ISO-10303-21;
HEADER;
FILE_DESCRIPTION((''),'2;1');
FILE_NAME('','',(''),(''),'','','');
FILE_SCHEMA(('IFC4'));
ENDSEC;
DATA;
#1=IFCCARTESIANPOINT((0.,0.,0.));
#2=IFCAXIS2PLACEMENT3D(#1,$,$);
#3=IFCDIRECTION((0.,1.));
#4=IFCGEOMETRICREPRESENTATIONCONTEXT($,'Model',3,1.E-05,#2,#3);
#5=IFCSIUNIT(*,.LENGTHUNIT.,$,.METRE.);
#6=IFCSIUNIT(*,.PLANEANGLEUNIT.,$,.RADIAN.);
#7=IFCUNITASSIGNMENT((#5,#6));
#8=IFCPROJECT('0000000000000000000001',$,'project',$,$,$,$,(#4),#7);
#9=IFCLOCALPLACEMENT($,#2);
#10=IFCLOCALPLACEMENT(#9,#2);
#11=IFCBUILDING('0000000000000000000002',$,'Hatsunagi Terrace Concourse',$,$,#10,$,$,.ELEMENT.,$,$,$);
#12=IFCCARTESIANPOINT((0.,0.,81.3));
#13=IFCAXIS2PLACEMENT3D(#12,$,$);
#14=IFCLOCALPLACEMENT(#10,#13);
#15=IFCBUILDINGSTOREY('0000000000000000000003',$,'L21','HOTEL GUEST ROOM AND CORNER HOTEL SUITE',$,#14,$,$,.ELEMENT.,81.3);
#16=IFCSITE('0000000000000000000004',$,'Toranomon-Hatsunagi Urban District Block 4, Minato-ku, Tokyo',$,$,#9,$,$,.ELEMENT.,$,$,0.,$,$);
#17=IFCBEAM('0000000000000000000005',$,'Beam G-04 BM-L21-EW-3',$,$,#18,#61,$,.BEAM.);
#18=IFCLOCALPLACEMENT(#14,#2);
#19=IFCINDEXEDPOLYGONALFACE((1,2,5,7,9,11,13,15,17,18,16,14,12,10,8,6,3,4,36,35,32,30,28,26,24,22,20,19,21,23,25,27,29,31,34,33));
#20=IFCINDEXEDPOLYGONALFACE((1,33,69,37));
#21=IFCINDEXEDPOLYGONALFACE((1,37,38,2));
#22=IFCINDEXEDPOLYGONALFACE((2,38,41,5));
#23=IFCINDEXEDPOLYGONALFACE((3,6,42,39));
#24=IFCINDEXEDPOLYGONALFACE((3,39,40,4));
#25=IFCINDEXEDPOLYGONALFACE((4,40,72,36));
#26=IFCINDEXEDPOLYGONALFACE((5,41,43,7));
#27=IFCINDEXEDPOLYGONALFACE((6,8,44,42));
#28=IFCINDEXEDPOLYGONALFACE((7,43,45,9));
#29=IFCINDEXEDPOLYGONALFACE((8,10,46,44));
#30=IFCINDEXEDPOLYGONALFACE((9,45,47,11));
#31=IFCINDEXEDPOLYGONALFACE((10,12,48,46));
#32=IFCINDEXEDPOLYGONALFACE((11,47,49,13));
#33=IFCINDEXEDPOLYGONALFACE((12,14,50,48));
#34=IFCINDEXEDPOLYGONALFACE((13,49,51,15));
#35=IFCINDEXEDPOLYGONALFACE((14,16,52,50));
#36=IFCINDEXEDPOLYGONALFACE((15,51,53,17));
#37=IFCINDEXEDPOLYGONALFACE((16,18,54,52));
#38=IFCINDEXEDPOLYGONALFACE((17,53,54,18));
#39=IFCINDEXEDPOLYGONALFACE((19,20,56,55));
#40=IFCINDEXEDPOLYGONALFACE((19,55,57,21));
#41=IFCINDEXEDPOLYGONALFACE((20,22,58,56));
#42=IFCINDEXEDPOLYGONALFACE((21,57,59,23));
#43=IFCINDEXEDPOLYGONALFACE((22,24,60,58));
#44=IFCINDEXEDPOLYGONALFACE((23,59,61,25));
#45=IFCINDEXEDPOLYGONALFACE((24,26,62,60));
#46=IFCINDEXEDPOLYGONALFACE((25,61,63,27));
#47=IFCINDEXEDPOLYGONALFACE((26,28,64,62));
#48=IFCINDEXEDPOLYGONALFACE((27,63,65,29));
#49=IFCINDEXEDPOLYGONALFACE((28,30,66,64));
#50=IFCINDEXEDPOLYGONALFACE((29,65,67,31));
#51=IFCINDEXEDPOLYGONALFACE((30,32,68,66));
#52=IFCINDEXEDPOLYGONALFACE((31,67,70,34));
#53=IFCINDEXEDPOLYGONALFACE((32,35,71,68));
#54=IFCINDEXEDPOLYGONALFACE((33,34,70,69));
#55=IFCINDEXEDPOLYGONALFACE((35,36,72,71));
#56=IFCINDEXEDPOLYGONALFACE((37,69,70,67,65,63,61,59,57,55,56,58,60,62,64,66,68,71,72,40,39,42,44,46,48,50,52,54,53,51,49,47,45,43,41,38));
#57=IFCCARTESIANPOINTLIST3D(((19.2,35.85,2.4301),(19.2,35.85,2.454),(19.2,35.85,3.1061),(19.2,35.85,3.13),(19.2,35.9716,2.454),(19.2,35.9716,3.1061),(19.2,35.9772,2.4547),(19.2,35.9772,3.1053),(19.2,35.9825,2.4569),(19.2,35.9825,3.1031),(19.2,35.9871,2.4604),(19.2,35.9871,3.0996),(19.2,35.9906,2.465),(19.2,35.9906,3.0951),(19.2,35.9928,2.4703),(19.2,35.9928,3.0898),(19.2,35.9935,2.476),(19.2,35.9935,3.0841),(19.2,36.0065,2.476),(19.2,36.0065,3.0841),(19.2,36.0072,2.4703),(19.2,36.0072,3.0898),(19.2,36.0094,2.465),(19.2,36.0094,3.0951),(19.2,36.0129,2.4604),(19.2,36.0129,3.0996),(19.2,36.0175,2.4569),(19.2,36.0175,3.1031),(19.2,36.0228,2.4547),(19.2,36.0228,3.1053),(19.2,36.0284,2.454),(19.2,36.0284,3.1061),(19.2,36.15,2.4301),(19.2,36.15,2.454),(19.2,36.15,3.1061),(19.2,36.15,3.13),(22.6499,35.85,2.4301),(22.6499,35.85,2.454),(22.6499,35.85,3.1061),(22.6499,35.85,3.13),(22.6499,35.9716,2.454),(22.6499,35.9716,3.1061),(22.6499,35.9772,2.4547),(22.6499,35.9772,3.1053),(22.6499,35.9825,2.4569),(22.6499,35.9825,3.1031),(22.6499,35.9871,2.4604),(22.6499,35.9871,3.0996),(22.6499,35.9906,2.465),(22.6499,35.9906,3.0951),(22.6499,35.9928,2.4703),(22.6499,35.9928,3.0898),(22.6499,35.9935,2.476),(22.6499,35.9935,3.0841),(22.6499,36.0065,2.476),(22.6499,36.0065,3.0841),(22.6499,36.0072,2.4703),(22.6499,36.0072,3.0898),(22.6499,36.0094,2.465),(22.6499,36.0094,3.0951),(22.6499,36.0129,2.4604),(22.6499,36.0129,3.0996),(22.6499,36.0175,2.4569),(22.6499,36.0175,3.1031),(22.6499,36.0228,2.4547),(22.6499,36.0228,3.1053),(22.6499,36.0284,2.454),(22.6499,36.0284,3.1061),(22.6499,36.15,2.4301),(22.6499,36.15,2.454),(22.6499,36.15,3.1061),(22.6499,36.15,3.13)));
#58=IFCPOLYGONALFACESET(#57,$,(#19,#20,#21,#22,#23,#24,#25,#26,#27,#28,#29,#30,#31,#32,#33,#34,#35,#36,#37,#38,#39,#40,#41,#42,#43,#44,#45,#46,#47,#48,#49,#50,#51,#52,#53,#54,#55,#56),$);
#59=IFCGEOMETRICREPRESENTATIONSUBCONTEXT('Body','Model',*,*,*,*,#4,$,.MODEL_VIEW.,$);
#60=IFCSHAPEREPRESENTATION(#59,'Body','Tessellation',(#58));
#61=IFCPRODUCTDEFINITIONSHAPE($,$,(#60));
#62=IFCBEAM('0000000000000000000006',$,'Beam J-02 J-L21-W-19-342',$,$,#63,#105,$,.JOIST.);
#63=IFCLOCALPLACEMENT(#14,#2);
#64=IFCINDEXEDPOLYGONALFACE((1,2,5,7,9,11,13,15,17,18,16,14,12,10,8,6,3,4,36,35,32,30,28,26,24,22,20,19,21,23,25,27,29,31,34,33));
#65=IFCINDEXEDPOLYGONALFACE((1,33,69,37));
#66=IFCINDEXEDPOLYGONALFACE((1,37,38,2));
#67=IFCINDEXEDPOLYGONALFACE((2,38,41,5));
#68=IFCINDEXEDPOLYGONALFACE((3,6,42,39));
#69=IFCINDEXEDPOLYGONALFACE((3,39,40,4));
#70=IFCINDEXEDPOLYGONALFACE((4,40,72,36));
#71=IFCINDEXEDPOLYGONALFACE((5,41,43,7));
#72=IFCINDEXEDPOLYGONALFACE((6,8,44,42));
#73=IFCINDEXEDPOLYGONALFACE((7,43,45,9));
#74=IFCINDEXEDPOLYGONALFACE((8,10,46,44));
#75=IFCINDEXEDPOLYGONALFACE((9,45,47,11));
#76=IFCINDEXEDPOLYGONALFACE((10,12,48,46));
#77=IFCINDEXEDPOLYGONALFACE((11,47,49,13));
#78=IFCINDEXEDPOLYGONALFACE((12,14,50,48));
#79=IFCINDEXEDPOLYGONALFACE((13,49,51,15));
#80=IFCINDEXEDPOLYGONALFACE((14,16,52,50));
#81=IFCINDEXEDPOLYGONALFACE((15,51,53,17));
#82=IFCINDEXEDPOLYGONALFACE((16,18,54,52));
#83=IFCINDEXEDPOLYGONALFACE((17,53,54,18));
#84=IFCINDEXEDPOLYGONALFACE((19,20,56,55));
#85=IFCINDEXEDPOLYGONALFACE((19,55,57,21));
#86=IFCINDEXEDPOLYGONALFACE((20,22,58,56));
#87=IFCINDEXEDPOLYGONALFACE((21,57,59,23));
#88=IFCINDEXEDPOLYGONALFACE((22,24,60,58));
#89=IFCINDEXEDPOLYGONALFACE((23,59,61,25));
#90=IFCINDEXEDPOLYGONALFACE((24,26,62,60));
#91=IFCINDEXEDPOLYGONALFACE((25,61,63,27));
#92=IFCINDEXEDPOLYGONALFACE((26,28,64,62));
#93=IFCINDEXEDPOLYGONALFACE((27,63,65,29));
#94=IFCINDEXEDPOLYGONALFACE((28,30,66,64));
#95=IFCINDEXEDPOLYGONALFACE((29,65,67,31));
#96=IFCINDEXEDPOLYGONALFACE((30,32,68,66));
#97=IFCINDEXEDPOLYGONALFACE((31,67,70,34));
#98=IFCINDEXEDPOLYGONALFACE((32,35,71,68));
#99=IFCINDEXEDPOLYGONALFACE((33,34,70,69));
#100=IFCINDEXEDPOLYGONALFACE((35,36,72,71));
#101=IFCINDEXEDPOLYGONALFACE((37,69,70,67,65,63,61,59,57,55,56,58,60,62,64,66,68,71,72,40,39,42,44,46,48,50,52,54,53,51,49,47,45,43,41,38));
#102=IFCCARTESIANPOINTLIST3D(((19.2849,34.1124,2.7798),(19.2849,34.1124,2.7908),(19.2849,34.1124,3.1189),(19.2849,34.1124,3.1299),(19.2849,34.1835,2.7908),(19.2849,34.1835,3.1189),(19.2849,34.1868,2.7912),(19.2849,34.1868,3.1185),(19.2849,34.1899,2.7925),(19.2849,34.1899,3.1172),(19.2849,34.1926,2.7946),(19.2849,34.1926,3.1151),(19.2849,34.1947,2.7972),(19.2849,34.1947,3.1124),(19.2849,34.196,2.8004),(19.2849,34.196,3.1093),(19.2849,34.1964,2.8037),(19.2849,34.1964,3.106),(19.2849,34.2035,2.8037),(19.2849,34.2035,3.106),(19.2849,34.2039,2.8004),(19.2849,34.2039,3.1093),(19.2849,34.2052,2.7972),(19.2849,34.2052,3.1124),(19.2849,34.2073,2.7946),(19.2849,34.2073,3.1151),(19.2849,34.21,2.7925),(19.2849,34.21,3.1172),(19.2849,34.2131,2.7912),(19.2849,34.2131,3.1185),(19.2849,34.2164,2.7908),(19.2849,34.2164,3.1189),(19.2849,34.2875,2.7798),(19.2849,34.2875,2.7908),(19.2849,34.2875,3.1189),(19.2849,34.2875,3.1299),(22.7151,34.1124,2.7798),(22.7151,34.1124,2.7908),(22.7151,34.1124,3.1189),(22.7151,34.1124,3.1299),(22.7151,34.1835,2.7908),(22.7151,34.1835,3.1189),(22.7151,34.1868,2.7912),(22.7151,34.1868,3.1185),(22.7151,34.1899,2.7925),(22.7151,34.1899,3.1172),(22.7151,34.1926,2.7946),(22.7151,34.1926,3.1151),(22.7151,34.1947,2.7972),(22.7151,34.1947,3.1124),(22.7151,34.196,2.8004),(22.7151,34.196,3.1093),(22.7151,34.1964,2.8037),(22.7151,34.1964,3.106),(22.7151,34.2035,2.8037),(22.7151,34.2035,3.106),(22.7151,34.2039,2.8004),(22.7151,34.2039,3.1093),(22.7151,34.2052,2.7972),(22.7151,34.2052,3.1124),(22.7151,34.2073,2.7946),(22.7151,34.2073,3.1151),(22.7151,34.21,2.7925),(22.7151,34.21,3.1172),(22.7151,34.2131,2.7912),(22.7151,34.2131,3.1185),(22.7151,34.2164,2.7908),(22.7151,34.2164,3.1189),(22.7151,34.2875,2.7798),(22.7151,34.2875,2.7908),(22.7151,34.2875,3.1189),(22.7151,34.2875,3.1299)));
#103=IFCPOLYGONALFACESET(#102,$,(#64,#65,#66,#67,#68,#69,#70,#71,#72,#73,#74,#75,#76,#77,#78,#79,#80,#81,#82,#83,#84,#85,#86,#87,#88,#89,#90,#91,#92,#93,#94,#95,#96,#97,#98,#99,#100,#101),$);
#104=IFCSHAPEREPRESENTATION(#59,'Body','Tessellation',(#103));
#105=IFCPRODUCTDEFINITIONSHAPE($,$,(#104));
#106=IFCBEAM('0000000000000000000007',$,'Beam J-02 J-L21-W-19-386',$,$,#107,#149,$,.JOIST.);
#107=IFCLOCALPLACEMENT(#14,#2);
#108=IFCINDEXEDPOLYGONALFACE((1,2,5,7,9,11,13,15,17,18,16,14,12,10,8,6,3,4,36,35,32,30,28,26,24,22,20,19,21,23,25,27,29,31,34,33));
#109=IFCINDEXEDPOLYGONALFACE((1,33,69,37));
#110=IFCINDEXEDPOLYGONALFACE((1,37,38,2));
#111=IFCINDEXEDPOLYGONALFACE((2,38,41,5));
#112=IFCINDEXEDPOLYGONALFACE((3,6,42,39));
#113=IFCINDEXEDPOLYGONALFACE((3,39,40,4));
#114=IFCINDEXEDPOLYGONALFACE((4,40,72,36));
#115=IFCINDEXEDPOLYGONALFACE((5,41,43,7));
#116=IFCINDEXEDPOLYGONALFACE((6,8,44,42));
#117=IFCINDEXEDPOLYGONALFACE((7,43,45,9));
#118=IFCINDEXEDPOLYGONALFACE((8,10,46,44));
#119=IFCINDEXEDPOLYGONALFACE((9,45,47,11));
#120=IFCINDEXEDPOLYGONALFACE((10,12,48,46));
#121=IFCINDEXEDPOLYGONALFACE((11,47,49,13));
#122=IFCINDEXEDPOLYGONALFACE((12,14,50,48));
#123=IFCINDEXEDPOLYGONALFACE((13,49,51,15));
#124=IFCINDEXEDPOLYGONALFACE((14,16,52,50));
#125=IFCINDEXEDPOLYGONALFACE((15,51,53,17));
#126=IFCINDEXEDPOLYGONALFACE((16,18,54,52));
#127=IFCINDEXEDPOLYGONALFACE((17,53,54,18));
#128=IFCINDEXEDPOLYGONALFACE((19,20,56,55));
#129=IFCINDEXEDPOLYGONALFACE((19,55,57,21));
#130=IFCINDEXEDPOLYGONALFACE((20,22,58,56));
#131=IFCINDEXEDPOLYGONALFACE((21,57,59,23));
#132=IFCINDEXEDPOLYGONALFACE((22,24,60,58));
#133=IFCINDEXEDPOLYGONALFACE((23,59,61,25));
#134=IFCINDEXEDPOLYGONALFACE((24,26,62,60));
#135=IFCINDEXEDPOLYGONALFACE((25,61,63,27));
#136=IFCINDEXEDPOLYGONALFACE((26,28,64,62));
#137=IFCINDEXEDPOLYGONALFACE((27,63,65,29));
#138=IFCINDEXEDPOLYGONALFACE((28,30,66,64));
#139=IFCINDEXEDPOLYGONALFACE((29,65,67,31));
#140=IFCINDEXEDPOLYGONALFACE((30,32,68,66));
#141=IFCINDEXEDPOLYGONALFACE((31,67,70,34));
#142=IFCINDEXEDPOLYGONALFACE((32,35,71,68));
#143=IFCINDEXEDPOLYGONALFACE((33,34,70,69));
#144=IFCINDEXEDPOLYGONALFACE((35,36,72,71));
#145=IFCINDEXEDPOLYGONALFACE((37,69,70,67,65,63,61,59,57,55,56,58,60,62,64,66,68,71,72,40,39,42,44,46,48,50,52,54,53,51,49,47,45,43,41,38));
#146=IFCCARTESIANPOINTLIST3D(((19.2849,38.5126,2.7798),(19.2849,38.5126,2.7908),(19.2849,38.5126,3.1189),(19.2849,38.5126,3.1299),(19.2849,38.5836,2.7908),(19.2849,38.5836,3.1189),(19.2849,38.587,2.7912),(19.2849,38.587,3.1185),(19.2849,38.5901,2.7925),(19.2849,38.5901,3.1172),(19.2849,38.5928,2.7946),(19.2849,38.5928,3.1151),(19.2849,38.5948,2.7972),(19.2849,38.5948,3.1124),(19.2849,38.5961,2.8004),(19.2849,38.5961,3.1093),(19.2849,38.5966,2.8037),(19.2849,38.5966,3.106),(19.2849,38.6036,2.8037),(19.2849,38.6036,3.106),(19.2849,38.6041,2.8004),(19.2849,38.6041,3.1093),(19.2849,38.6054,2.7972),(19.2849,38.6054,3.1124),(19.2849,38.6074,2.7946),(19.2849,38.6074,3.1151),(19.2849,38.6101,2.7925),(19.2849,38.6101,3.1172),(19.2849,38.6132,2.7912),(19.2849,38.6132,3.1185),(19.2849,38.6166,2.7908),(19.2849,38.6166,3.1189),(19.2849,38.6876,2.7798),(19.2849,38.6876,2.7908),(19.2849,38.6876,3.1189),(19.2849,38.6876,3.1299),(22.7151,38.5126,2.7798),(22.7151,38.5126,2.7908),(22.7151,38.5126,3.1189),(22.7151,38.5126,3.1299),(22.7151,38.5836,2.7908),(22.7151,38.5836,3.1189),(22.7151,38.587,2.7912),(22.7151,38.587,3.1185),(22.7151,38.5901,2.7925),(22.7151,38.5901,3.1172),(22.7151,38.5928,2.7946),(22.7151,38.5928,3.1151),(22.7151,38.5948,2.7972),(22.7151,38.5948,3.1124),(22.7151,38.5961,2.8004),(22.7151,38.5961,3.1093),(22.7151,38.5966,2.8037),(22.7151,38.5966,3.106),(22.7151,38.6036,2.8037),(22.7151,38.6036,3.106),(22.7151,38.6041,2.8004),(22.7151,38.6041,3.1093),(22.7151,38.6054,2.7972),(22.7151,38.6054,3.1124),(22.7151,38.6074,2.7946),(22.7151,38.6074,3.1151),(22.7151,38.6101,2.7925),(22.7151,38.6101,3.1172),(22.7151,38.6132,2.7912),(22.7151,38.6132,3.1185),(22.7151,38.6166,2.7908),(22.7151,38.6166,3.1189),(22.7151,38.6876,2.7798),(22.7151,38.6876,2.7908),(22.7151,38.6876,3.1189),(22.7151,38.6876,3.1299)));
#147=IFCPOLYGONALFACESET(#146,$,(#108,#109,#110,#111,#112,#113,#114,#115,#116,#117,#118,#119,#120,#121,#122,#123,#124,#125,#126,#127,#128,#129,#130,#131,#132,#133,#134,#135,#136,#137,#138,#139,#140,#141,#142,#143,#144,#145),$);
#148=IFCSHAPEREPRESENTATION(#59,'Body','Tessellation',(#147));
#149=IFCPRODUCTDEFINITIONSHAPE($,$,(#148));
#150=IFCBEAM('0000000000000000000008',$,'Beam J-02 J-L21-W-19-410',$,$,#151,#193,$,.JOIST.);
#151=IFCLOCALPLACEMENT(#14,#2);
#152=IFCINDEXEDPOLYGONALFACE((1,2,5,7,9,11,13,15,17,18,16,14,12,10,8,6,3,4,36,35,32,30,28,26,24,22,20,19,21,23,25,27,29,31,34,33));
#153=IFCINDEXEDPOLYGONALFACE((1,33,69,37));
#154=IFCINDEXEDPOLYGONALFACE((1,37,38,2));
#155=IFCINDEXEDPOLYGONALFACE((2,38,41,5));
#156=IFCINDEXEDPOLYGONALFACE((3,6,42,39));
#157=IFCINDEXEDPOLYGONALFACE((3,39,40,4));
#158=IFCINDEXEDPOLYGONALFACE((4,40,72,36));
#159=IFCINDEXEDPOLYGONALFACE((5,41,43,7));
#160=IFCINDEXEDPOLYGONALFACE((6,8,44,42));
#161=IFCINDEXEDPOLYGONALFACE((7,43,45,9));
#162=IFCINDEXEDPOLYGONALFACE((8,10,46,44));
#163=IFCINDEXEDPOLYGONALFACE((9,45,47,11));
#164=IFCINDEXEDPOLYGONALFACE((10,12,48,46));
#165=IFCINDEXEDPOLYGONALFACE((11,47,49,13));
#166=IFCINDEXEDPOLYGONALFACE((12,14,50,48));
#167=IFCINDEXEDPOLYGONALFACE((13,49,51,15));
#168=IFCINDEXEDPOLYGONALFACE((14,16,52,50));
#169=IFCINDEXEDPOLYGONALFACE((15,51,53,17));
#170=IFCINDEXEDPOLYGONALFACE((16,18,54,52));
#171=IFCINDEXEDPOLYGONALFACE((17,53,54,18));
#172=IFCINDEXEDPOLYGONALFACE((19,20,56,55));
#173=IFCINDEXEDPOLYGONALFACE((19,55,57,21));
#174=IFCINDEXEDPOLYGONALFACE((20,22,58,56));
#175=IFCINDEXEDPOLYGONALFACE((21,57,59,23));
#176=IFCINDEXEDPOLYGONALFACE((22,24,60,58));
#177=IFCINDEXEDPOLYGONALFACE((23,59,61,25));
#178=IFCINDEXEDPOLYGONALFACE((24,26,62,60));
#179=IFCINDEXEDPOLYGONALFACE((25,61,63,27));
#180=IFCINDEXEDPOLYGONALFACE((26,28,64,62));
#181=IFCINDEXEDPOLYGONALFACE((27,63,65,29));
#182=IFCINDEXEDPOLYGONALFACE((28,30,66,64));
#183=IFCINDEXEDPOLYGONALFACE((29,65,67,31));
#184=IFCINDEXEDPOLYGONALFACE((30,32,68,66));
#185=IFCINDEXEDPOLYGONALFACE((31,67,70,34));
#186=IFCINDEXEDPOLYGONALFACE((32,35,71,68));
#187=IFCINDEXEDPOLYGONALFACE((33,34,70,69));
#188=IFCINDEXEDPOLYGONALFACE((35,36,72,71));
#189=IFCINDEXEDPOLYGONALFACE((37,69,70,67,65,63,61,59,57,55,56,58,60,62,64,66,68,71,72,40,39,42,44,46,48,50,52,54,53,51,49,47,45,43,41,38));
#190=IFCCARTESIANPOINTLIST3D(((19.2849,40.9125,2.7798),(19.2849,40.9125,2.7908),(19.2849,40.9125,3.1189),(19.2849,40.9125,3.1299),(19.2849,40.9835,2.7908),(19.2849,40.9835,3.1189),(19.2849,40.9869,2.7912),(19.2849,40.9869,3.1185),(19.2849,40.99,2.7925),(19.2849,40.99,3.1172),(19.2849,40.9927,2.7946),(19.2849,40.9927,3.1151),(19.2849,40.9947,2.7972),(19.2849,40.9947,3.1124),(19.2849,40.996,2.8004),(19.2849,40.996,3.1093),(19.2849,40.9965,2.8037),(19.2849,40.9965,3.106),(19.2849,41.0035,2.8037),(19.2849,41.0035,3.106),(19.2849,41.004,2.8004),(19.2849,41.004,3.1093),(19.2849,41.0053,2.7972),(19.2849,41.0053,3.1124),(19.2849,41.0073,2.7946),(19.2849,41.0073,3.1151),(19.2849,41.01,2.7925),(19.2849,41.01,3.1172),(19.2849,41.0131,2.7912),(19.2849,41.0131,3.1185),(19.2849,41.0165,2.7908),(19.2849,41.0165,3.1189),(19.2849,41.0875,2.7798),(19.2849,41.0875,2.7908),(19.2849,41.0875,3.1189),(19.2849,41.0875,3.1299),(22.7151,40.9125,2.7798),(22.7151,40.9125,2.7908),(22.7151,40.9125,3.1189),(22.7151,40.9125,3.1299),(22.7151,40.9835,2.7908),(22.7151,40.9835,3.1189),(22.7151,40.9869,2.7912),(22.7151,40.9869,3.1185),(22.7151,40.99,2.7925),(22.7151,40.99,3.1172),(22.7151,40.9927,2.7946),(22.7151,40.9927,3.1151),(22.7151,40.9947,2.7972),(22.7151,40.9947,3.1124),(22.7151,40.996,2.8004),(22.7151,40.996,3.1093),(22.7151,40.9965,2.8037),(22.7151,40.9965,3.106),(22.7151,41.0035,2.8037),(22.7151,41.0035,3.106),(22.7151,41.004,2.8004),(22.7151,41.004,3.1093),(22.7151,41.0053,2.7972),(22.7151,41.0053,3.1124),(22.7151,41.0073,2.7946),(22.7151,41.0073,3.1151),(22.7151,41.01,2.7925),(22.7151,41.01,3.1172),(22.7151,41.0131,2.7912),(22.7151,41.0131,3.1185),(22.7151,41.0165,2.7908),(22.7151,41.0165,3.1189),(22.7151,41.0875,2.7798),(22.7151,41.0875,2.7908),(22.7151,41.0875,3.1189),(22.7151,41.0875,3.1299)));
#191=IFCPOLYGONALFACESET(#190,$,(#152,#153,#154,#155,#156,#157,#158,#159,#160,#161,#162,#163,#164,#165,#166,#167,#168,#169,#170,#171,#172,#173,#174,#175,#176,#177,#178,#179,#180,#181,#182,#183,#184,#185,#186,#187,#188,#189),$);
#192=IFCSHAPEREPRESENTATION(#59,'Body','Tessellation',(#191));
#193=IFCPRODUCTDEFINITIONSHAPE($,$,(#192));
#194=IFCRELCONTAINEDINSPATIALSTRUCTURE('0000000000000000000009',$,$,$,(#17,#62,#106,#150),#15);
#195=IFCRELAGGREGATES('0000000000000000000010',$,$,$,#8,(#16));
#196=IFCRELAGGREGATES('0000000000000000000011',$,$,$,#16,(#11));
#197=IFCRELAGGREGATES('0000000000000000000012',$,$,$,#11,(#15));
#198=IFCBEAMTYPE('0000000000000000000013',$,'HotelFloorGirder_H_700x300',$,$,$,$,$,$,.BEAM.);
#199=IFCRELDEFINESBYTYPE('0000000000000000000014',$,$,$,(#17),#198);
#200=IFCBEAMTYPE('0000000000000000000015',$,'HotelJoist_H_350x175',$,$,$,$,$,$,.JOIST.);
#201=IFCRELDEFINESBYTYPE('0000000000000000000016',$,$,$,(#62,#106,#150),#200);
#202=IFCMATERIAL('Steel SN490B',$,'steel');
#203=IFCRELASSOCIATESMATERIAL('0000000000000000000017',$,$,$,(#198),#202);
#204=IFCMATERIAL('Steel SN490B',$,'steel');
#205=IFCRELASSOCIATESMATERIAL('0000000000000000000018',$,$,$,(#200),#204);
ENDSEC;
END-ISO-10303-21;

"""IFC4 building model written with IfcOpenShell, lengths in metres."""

from ifc_helpers import new_model, si_unit, direction, frame, origin, origin_2d, place, context, subcontext, project, spatial, i_section, extrude, material, material_profile, profile_set, type_object, element, save


model = new_model("IFC4")

# Units and contexts
model_context = context("Model", 3, precision=1e-05, world=origin(), true_north=direction((0.0, 1.0)))
body_context = subcontext(model_context, "Body", "Model", "MODEL_VIEW")
ifc_project = project(units=[si_unit("LENGTHUNIT", "METRE"), si_unit("PLANEANGLEUNIT", "RADIAN")], contexts=[model_context])

# Site, building, storey
site_placement = place(None, origin())
site = spatial("IfcSite", under=ifc_project, at=site_placement, Name="Toranomon-Hatsunagi Urban District Block 4, Minato-ku, Tokyo", CompositionType="ELEMENT", RefElevation=0.0)
building_placement = place(site_placement, origin())
building = spatial("IfcBuilding", under=site, at=building_placement, Name="Hatsunagi Terrace Concourse", CompositionType="ELEMENT")
storey_placement = place(building_placement, frame((0.0, 0.0, 81.3)))
storey = spatial("IfcBuildingStorey", under=building, at=storey_placement, Name="L21", Description="HOTEL GUEST ROOM AND CORNER HOTEL SUITE", CompositionType="ELEMENT", Elevation=81.3)

# Beams
ifc_material_1 = material(Name="Steel SN490B", Category="steel")
ifc_material_profile_1 = material_profile(ifc_material_1, i_section(OverallWidth=0.3, OverallDepth=0.7, WebThickness=0.0129, FlangeThickness=0.0239, FilletRadius=0.022, at=origin_2d()), Name="H-700x300x13x24")
ifc_profile_set_1 = profile_set([ifc_material_profile_1], Name="Steel SN490B")
beam_type_1 = type_object("IfcBeamType", Name="HotelFloorGirder_H_700x300", PredefinedType="BEAM", material=ifc_profile_set_1)
beam_1_placement = place(storey_placement, frame((19.2, 36.0, 2.78), z_axis=(1.0, 0.0, 0.0), x_axis=(0.0, 1.0, 0.0)))
element("IfcBeam", 1, at=beam_1_placement, inside=storey, type_object=beam_type_1, Name="Beam G-04 BM-L21-EW-3", PredefinedType="BEAM", context=body_context, shape_type="SweptSolid", body=[
    extrude(i_section(OverallWidth=0.3, OverallDepth=0.7, WebThickness=0.0129, FlangeThickness=0.0239, FilletRadius=0.022, at=origin_2d()), origin(), (0.0, 0.0, 1.0), 3.45),
])
ifc_material_2 = material(Name="Steel SN490B", Category="steel")
ifc_material_profile_2 = material_profile(ifc_material_2, i_section(OverallWidth=0.175, OverallDepth=0.3501, WebThickness=0.0071, FlangeThickness=0.011, FilletRadius=0.0129, at=origin_2d()), Name="H-350x175x7x11")
ifc_profile_set_2 = profile_set([ifc_material_profile_2], Name="Steel SN490B")
beam_type_2 = type_object("IfcBeamType", Name="HotelJoist_H_350x175", PredefinedType="JOIST", material=ifc_profile_set_2)
for number, where, z_axis, x_axis, name in (
    (2, (19.2849, 34.2, 2.9548), (1.0, 0.0, 0.0), (0.0, 1.0, 0.0), "Beam J-02 J-L21-W-19-342"),
    (3, (19.2849, 38.6001, 2.9548), (1.0, 0.0, 0.0), (0.0, 1.0, 0.0), "Beam J-02 J-L21-W-19-386"),
    (4, (19.2849, 41.0, 2.9548), (1.0, 0.0, 0.0), (0.0, 1.0, 0.0), "Beam J-02 J-L21-W-19-410"),
):
    element("IfcBeam", number, at=place(storey_placement, frame(where, z_axis=z_axis, x_axis=x_axis)), inside=storey, type_object=beam_type_2, Name=name, PredefinedType="JOIST", context=body_context, shape_type="SweptSolid", body=[
        extrude(i_section(OverallWidth=0.175, OverallDepth=0.3501, WebThickness=0.0071, FlangeThickness=0.011, FilletRadius=0.0129, at=origin_2d()), origin(), (0.0, 0.0, 1.0), 3.4302),
    ])

save(model, "model.ifc")
